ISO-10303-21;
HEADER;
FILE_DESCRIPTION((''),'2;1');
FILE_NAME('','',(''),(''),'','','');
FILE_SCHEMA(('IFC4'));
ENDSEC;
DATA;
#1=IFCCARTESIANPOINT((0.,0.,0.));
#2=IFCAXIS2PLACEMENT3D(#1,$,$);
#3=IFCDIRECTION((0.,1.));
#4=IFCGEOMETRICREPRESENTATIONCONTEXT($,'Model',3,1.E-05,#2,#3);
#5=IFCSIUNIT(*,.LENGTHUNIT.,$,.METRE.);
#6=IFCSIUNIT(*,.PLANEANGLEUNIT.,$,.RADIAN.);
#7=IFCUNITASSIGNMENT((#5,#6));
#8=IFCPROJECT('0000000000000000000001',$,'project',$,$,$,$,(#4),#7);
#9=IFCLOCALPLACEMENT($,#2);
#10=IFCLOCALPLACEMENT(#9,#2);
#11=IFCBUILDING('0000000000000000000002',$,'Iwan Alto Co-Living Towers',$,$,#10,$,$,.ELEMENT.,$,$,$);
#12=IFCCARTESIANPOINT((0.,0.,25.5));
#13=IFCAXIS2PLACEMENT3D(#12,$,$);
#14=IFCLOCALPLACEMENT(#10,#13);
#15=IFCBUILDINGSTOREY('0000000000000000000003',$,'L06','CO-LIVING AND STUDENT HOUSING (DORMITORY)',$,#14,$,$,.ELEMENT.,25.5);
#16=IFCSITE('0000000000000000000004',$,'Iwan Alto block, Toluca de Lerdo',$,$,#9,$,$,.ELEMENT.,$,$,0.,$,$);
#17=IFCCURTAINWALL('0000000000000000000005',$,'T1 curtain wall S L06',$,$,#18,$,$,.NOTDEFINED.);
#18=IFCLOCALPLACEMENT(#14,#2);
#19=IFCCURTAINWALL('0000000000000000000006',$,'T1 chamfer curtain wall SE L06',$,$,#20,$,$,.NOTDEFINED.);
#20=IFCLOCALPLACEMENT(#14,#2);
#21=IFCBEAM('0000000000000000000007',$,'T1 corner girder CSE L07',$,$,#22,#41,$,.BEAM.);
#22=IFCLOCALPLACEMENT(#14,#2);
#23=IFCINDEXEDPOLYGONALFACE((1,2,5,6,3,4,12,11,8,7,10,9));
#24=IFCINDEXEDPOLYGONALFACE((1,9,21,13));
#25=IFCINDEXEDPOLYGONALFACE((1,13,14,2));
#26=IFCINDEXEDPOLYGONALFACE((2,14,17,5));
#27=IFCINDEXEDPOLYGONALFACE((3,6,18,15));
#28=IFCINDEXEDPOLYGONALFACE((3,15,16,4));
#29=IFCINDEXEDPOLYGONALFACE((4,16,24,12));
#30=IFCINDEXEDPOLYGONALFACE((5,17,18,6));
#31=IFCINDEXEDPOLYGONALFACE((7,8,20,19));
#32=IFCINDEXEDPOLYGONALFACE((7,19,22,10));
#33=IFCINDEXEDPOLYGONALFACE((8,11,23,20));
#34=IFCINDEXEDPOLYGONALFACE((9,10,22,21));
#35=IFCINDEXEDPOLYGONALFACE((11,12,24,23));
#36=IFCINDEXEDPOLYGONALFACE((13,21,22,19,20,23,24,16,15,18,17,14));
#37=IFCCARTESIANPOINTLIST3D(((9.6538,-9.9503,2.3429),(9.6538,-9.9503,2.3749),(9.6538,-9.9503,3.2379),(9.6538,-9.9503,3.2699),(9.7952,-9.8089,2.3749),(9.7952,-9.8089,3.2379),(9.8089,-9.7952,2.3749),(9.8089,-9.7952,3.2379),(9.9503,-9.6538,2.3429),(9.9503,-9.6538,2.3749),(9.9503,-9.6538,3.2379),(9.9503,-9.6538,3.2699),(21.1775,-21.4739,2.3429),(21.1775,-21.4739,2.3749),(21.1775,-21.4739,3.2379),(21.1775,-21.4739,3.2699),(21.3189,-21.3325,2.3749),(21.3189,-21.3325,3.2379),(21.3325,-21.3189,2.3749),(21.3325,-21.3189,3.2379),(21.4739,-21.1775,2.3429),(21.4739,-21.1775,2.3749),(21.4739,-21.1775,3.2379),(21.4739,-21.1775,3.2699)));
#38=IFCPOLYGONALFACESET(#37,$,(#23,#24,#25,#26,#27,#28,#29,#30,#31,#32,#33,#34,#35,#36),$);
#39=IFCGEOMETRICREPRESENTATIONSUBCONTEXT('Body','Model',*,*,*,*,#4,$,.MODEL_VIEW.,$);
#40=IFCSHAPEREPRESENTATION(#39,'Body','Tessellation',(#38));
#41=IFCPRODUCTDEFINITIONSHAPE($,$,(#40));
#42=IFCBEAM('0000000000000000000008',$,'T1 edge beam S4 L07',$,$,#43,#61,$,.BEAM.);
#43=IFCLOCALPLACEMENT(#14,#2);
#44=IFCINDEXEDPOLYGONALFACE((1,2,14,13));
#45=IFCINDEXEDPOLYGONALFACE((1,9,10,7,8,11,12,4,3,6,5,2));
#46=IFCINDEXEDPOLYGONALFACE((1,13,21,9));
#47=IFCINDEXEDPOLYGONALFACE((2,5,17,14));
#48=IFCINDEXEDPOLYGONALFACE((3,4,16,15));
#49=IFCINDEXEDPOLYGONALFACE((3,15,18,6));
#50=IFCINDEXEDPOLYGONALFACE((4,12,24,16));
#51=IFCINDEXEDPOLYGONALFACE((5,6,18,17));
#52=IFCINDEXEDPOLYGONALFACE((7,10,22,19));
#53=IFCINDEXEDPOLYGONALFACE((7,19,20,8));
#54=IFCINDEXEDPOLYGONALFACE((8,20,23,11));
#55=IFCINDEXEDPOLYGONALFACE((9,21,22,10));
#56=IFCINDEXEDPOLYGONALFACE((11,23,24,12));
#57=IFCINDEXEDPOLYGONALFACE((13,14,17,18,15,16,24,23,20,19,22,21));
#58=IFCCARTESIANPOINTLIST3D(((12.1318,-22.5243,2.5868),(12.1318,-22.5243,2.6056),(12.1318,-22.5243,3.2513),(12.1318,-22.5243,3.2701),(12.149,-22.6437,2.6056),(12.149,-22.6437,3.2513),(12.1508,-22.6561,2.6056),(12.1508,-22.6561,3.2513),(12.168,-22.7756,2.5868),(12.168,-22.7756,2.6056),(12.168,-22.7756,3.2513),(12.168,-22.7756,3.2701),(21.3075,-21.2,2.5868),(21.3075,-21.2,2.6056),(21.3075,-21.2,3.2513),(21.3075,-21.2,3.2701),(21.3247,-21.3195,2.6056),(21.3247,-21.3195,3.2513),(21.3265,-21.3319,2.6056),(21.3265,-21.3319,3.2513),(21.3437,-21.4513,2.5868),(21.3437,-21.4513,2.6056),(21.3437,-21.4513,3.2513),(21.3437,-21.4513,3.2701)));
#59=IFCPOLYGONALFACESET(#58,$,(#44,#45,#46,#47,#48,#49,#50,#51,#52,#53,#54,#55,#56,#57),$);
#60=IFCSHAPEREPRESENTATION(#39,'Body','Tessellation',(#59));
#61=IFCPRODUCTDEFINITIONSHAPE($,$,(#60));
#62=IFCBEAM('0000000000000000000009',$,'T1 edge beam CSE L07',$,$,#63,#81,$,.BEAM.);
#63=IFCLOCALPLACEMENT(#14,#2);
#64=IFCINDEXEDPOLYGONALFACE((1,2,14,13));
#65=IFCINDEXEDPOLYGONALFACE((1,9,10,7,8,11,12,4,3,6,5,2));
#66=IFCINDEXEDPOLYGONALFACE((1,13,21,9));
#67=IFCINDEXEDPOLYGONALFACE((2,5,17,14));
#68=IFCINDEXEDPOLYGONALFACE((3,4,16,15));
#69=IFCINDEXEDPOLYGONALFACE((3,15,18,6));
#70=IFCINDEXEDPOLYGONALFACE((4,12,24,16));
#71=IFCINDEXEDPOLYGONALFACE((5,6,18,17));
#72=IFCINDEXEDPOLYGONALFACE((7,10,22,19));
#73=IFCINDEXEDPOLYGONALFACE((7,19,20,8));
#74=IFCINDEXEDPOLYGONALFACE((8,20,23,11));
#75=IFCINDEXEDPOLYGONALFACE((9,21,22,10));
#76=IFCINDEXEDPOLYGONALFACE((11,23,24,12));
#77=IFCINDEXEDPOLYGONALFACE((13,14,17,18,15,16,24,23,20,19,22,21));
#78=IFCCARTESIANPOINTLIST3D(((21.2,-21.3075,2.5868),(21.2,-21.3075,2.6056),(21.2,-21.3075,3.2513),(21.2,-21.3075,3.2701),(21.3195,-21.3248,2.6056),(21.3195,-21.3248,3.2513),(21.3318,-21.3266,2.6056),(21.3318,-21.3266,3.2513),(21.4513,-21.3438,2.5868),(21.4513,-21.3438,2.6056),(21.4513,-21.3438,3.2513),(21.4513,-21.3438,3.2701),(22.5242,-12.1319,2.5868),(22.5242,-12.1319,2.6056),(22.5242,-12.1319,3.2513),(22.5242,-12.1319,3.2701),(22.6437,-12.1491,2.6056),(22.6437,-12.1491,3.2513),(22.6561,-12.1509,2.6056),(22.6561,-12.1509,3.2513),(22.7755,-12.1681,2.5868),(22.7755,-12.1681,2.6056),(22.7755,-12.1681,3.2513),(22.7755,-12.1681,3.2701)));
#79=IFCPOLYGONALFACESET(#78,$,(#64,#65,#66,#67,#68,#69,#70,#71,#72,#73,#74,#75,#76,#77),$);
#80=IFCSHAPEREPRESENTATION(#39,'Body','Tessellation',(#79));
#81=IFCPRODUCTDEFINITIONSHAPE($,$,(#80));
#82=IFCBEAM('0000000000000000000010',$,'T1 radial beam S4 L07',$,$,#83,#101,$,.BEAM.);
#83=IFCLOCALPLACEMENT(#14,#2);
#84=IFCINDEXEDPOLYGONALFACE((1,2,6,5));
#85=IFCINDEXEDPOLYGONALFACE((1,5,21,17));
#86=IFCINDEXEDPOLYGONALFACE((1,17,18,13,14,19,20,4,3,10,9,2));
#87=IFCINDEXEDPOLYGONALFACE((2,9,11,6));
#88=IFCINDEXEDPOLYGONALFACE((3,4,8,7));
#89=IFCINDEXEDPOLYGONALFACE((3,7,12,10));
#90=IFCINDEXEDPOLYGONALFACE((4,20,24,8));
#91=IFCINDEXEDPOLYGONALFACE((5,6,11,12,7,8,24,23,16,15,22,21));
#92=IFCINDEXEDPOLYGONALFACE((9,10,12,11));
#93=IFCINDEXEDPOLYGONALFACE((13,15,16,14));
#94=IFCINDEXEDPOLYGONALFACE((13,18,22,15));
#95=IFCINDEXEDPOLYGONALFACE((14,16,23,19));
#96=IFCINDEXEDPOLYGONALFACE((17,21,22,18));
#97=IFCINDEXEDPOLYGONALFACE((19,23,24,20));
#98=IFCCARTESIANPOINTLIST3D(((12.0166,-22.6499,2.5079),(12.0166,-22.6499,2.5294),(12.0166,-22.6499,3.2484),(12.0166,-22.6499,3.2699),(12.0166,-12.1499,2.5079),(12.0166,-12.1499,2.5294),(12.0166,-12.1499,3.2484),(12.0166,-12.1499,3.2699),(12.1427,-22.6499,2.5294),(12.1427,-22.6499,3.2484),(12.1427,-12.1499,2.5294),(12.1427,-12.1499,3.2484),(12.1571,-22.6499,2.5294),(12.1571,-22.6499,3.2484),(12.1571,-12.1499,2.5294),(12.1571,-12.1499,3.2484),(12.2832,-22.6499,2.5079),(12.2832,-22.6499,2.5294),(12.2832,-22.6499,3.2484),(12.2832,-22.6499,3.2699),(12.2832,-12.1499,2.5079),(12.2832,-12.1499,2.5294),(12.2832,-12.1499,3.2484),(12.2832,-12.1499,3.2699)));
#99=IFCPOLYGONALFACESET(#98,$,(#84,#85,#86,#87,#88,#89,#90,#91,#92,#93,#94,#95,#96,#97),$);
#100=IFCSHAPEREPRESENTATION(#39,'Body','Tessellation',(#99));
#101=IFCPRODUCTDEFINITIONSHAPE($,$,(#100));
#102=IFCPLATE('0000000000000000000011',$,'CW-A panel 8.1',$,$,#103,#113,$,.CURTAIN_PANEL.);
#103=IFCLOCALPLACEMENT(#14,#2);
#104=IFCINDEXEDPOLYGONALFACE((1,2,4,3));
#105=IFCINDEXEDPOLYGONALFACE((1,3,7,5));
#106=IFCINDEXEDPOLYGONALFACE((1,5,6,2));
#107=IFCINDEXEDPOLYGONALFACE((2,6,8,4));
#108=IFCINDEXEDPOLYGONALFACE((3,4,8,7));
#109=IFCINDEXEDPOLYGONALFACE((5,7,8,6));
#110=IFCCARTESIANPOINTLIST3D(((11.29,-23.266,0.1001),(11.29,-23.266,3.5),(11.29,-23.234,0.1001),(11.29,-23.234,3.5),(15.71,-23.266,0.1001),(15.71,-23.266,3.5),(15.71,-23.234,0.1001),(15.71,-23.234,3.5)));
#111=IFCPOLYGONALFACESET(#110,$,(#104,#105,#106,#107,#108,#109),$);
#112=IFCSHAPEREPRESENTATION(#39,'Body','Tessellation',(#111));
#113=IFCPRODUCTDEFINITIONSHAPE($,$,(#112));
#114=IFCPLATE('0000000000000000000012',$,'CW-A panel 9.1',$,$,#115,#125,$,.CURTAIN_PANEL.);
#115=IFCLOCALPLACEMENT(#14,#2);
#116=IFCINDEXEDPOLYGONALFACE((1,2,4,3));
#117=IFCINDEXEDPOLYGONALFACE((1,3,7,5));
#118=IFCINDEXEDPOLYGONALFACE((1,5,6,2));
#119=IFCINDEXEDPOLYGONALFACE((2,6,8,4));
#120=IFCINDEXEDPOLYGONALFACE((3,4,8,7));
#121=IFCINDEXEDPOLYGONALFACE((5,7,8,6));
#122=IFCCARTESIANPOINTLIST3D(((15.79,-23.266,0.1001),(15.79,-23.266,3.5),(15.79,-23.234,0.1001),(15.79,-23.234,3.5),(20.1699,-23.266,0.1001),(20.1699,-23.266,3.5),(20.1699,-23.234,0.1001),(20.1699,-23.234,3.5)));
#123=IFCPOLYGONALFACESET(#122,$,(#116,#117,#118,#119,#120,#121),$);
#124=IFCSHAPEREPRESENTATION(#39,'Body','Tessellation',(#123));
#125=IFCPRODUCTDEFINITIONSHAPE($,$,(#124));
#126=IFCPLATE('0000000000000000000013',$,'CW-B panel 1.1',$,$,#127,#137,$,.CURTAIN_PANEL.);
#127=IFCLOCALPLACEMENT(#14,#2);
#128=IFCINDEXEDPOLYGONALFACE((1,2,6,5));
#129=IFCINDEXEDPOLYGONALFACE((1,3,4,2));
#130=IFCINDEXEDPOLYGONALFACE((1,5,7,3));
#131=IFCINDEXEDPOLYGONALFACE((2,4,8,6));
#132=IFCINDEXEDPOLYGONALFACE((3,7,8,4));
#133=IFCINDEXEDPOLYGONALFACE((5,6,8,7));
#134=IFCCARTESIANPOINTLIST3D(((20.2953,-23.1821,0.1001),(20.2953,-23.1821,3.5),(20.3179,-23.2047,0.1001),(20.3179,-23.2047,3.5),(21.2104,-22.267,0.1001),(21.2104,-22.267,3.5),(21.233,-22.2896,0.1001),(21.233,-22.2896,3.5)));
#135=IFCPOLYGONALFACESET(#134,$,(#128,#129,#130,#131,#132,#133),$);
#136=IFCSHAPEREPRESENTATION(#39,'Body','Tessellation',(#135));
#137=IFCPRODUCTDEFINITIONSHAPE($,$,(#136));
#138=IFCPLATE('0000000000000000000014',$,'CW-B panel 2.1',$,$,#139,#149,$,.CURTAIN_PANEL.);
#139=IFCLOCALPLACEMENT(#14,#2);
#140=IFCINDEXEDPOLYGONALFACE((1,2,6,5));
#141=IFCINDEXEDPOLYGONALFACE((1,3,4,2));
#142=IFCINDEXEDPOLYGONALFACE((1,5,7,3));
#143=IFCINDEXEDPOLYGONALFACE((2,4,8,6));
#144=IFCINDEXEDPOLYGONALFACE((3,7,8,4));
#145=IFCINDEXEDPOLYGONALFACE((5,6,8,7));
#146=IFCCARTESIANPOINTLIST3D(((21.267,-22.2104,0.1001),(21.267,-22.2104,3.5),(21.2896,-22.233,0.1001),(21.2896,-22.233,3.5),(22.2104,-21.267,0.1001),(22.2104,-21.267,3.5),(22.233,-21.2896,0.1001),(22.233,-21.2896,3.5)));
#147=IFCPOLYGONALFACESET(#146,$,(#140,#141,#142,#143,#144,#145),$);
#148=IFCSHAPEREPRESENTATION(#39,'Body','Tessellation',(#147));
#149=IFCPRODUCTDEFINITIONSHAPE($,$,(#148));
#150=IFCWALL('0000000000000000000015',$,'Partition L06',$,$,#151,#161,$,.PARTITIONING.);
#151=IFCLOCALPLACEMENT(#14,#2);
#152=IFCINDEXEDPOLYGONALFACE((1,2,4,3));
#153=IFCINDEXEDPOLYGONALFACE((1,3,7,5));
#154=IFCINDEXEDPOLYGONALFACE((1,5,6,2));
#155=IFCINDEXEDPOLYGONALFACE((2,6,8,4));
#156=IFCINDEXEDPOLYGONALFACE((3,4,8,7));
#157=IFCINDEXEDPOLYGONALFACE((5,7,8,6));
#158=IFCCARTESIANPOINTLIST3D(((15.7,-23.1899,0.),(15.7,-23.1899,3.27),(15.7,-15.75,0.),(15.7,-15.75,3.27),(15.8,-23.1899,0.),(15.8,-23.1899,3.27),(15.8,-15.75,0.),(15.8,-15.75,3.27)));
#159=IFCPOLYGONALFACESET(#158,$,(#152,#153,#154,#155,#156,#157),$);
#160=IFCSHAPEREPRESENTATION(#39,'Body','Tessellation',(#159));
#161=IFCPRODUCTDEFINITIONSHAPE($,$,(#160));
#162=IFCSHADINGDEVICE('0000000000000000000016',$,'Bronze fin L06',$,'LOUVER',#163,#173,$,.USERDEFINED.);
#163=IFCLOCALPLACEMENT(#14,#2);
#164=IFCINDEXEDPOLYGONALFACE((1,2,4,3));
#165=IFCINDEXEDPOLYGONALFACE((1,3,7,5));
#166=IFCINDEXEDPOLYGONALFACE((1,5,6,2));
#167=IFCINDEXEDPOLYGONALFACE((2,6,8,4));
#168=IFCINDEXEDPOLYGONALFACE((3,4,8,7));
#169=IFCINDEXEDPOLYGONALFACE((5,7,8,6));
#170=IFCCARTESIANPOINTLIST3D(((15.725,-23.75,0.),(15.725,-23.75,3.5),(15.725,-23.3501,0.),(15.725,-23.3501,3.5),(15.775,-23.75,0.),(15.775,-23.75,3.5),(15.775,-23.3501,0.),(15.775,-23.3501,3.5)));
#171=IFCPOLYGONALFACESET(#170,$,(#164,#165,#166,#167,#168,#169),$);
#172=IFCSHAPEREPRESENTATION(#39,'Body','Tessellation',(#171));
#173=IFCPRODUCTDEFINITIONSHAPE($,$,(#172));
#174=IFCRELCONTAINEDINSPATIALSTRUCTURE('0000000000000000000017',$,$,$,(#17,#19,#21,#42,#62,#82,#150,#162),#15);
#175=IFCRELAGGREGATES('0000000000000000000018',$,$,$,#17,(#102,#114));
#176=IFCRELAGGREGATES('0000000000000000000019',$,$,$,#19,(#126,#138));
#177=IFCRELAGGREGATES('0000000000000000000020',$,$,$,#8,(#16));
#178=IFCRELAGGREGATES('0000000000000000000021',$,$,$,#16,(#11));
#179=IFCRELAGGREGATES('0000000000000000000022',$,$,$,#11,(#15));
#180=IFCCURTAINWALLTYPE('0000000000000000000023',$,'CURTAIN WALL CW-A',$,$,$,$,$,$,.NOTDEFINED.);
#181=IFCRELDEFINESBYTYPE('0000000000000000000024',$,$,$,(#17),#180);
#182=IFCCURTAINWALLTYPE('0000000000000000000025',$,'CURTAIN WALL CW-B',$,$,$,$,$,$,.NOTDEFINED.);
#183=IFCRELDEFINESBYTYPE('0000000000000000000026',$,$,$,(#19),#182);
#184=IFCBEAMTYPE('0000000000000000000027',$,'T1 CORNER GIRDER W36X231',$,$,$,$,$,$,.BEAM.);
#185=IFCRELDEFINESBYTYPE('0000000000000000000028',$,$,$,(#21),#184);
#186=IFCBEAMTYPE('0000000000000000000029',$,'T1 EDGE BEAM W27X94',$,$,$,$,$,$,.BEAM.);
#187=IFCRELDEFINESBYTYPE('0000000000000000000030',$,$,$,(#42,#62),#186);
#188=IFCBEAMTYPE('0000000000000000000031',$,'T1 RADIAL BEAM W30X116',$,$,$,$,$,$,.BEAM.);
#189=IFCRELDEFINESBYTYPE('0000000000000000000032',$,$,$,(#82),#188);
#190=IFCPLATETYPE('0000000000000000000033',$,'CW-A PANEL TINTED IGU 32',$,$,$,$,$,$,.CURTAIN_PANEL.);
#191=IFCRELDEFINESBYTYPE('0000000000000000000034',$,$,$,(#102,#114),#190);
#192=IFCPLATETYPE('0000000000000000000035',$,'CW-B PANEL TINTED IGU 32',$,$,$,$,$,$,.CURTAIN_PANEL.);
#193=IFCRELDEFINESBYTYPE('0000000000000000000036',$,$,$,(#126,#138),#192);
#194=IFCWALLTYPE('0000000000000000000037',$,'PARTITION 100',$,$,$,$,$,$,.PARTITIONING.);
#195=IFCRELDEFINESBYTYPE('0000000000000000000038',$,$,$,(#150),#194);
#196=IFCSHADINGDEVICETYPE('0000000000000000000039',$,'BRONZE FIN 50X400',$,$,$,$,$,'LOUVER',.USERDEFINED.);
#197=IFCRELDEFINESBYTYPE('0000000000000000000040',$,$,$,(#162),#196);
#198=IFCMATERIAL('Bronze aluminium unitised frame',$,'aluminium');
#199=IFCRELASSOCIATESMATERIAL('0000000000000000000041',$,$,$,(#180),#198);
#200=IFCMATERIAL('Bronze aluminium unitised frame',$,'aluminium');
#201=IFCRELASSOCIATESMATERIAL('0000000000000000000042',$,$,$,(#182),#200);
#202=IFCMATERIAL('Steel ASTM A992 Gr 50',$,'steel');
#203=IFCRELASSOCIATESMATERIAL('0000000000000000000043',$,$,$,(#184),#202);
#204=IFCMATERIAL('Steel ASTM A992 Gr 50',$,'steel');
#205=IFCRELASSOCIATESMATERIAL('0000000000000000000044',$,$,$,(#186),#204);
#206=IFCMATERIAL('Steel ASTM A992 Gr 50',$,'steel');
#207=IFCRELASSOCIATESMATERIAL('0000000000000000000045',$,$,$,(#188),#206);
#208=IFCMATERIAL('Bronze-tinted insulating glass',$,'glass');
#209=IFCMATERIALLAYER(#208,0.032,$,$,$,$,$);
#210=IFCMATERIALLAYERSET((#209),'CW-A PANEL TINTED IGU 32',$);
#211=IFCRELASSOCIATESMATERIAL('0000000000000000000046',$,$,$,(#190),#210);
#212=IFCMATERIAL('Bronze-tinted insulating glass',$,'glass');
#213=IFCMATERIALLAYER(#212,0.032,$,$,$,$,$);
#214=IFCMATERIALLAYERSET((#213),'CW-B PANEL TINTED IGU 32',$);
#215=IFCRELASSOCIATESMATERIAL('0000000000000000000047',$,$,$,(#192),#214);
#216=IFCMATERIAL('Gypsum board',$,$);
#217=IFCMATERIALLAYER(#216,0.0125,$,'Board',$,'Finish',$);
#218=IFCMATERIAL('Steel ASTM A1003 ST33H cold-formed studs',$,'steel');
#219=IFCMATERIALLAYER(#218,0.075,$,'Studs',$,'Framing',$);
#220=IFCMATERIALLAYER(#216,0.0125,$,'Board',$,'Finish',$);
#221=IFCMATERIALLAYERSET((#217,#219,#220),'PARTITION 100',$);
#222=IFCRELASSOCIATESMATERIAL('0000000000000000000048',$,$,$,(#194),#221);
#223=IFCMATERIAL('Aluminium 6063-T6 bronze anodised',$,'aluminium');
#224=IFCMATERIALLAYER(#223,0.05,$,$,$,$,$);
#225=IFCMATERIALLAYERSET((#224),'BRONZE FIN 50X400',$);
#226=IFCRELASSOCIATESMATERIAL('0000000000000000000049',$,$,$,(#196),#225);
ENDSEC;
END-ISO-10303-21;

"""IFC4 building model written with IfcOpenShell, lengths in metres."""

from ifc_helpers import new_model, si_unit, direction, frame, frame_2d, origin, origin_2d, place, context, subcontext, project, spatial, rectangle, i_section, extrude, material, layer, layer_set, material_profile, profile_set, type_object, element, aggregate, save


model = new_model("IFC4")

# Units and contexts
model_context = context("Model", 3, precision=1e-05, world=origin(), true_north=direction((0.0, 1.0)))
body_context = subcontext(model_context, "Body", "Model", "MODEL_VIEW")
ifc_project = project(units=[si_unit("LENGTHUNIT", "METRE"), si_unit("PLANEANGLEUNIT", "RADIAN")], contexts=[model_context])

# Site, building, storey
site_placement = place(None, origin())
site = spatial("IfcSite", under=ifc_project, at=site_placement, Name="Iwan Alto block, Toluca de Lerdo", CompositionType="ELEMENT", RefElevation=0.0)
building_placement = place(site_placement, origin())
building = spatial("IfcBuilding", under=site, at=building_placement, Name="Iwan Alto Co-Living Towers", CompositionType="ELEMENT")
storey_placement = place(building_placement, frame((0.0, 0.0, 25.5)))
storey = spatial("IfcBuildingStorey", under=building, at=storey_placement, Name="L06", Description="CO-LIVING AND STUDENT HOUSING (DORMITORY)", CompositionType="ELEMENT", Elevation=25.5)

# Curtain walls
ifc_material_1 = material(Name="Bronze aluminium unitised frame", Category="aluminium")
curtain_wall_type_1 = type_object("IfcCurtainWallType", Name="CURTAIN WALL CW-A", PredefinedType="NOTDEFINED", material=ifc_material_1)
curtain_wall_1_placement = place(storey_placement, origin())
curtain_wall_1 = element("IfcCurtainWall", 1, at=curtain_wall_1_placement, inside=storey, type_object=curtain_wall_type_1, Name="T1 curtain wall S L06", PredefinedType="NOTDEFINED")
ifc_material_2 = material(Name="Bronze aluminium unitised frame", Category="aluminium")
curtain_wall_type_2 = type_object("IfcCurtainWallType", Name="CURTAIN WALL CW-B", PredefinedType="NOTDEFINED", material=ifc_material_2)
curtain_wall_2_placement = place(storey_placement, origin())
curtain_wall_2 = element("IfcCurtainWall", 2, at=curtain_wall_2_placement, inside=storey, type_object=curtain_wall_type_2, Name="T1 chamfer curtain wall SE L06", PredefinedType="NOTDEFINED")

# Beams
ifc_material_3 = material(Name="Steel ASTM A992 Gr 50", Category="steel")
ifc_material_profile_1 = material_profile(ifc_material_3, i_section(OverallWidth=0.4192, OverallDepth=0.927, WebThickness=0.0193, FlangeThickness=0.032, at=origin_2d()), Name="W36X231")
ifc_profile_set_1 = profile_set([ifc_material_profile_1], Name="Steel ASTM A992 Gr 50")
beam_type_1 = type_object("IfcBeamType", Name="T1 CORNER GIRDER W36X231", PredefinedType="BEAM", material=ifc_profile_set_1)
beam_1_placement = place(storey_placement, frame((21.3257, -21.3257, 2.8064), z_axis=(-0.707107, 0.707107, 0.0), x_axis=(-0.707107, -0.707107, 0.0)))
element("IfcBeam", 3, at=beam_1_placement, inside=storey, type_object=beam_type_1, Name="T1 corner girder CSE L07", PredefinedType="BEAM", context=body_context, shape_type="SweptSolid", body=[
    extrude(i_section(OverallWidth=0.4192, OverallDepth=0.927, WebThickness=0.0193, FlangeThickness=0.032, at=origin_2d()), origin(), (0.0, 0.0, 1.0), 16.2969),
])
ifc_material_4 = material(Name="Steel ASTM A992 Gr 50", Category="steel")
ifc_material_profile_2 = material_profile(ifc_material_4, i_section(OverallWidth=0.2539, OverallDepth=0.6833, WebThickness=0.0125, FlangeThickness=0.0188, at=origin_2d()), Name="W27X94")
ifc_profile_set_2 = profile_set([ifc_material_profile_2], Name="Steel ASTM A992 Gr 50")
beam_type_2 = type_object("IfcBeamType", Name="T1 EDGE BEAM W27X94", PredefinedType="BEAM", material=ifc_profile_set_2)
for number, where, z_axis, x_axis, name in (
    (4, (12.1499, -22.6499, 2.9285), (0.989746, 0.142837, 0.0), (-0.142837, 0.989746, 0.0), "T1 edge beam S4 L07"),
    (5, (21.3257, -21.3257, 2.9285), (0.142837, 0.989746, 0.0), (-0.989746, 0.142837, 0.0), "T1 edge beam CSE L07"),
):
    element("IfcBeam", number, at=place(storey_placement, frame(where, z_axis=z_axis, x_axis=x_axis)), inside=storey, type_object=beam_type_2, Name=name, PredefinedType="BEAM", context=body_context, shape_type="SweptSolid", body=[
        extrude(i_section(OverallWidth=0.2539, OverallDepth=0.6833, WebThickness=0.0125, FlangeThickness=0.0188, at=origin_2d()), origin(), (0.0, 0.0, 1.0), 9.2708),
    ])
ifc_material_5 = material(Name="Steel ASTM A992 Gr 50", Category="steel")
ifc_material_profile_3 = material_profile(ifc_material_5, i_section(OverallWidth=0.2666, OverallDepth=0.762, WebThickness=0.0144, FlangeThickness=0.0215, at=origin_2d()), Name="W30X116")
ifc_profile_set_3 = profile_set([ifc_material_profile_3], Name="Steel ASTM A992 Gr 50")
beam_type_3 = type_object("IfcBeamType", Name="T1 RADIAL BEAM W30X116", PredefinedType="BEAM", material=ifc_profile_set_3)
beam_2_placement = place(storey_placement, frame((12.1499, -22.6499, 2.8889), z_axis=(0.0, 1.0, 0.0), x_axis=(-1.0, 0.0, 0.0)))
element("IfcBeam", 6, at=beam_2_placement, inside=storey, type_object=beam_type_3, Name="T1 radial beam S4 L07", PredefinedType="BEAM", context=body_context, shape_type="SweptSolid", body=[
    extrude(i_section(OverallWidth=0.2666, OverallDepth=0.762, WebThickness=0.0144, FlangeThickness=0.0215, at=origin_2d()), origin(), (0.0, 0.0, 1.0), 10.5),
])

# Plates
ifc_material_6 = material(Name="Bronze-tinted insulating glass", Category="glass")
ifc_layer_1 = layer(ifc_material_6, 0.032)
ifc_layer_set_1 = layer_set([ifc_layer_1], Name="CW-A PANEL TINTED IGU 32")
plate_type_1 = type_object("IfcPlateType", Name="CW-A PANEL TINTED IGU 32", PredefinedType="CURTAIN_PANEL", material=ifc_layer_set_1)
plate_1_placement = place(storey_placement, frame((13.5, -23.25, 0.1001), z_axis=(0.0, 0.0, 1.0), x_axis=(1.0, 0.0, 0.0)))
plate_1 = element("IfcPlate", 7, at=plate_1_placement, type_object=plate_type_1, Name="CW-A panel 8.1", PredefinedType="CURTAIN_PANEL", context=body_context, shape_type="SweptSolid", body=[
    extrude(rectangle(XDim=4.4199, YDim=0.032, at=origin_2d()), origin(), (0.0, 0.0, 1.0), 3.3999),
])
plate_2_placement = place(storey_placement, frame((17.98, -23.25, 0.1001), z_axis=(0.0, 0.0, 1.0), x_axis=(1.0, 0.0, 0.0)))
plate_2 = element("IfcPlate", 8, at=plate_2_placement, type_object=plate_type_1, Name="CW-A panel 9.1", PredefinedType="CURTAIN_PANEL", context=body_context, shape_type="SweptSolid", body=[
    extrude(rectangle(XDim=4.3799, YDim=0.032, at=origin_2d()), origin(), (0.0, 0.0, 1.0), 3.3999),
])
aggregate(curtain_wall_1, [plate_1, plate_2])
ifc_material_7 = material(Name="Bronze-tinted insulating glass", Category="glass")
ifc_layer_2 = layer(ifc_material_7, 0.032)
ifc_layer_set_2 = layer_set([ifc_layer_2], Name="CW-B PANEL TINTED IGU 32")
plate_type_2 = type_object("IfcPlateType", Name="CW-B PANEL TINTED IGU 32", PredefinedType="CURTAIN_PANEL", material=ifc_layer_set_2)
plate_3_placement = place(storey_placement, frame((20.7642, -22.7358, 0.1001), z_axis=(0.0, 0.0, 1.0), x_axis=(0.707107, 0.707107, 0.0)))
plate_3 = element("IfcPlate", 9, at=plate_3_placement, type_object=plate_type_2, Name="CW-B panel 1.1", PredefinedType="CURTAIN_PANEL", context=body_context, shape_type="SweptSolid", body=[
    extrude(rectangle(XDim=1.2942, YDim=0.032, at=origin_2d()), origin(), (0.0, 0.0, 1.0), 3.3999),
])
plate_4_placement = place(storey_placement, frame((21.75, -21.75, 0.1001), z_axis=(0.0, 0.0, 1.0), x_axis=(0.707107, 0.707107, 0.0)))
plate_4 = element("IfcPlate", 10, at=plate_4_placement, type_object=plate_type_2, Name="CW-B panel 2.1", PredefinedType="CURTAIN_PANEL", context=body_context, shape_type="SweptSolid", body=[
    extrude(rectangle(XDim=1.3342, YDim=0.032, at=origin_2d()), origin(), (0.0, 0.0, 1.0), 3.3999),
])
aggregate(curtain_wall_2, [plate_3, plate_4])

# Wall
ifc_material_8 = material(Name="Gypsum board")
ifc_layer_3 = layer(ifc_material_8, 0.0125, Name="Board", Category="Finish")
ifc_material_9 = material(Name="Steel ASTM A1003 ST33H cold-formed studs", Category="steel")
ifc_layer_4 = layer(ifc_material_9, 0.075, Name="Studs", Category="Framing")
ifc_layer_5 = layer(ifc_material_8, 0.0125, Name="Board", Category="Finish")
ifc_layer_set_3 = layer_set([ifc_layer_3, ifc_layer_4, ifc_layer_5], Name="PARTITION 100")
wall_type = type_object("IfcWallType", Name="PARTITION 100", PredefinedType="PARTITIONING", material=ifc_layer_set_3)
wall_placement = place(storey_placement, frame((15.75, -23.1899, 0.0), z_axis=(0.0, 0.0, 1.0), x_axis=(0.0, 1.0, 0.0)))
element("IfcWall", 11, at=wall_placement, inside=storey, type_object=wall_type, Name="Partition L06", PredefinedType="PARTITIONING", context=body_context, shape_type="SweptSolid", body=[
    extrude(rectangle(XDim=7.4399, YDim=0.1001, at=frame_2d((3.72, 0.0))), origin(), (0.0, 0.0, 1.0), 3.27),
])

# Shading device
ifc_material_10 = material(Name="Aluminium 6063-T6 bronze anodised", Category="aluminium")
ifc_layer_6 = layer(ifc_material_10, 0.05)
ifc_layer_set_4 = layer_set([ifc_layer_6], Name="BRONZE FIN 50X400")
shading_device_type = type_object("IfcShadingDeviceType", Name="BRONZE FIN 50X400", ElementType="LOUVER", PredefinedType="USERDEFINED", material=ifc_layer_set_4)
shading_device_placement = place(storey_placement, frame((15.75, -23.55, 0.0), z_axis=(0.0, 0.0, 1.0), x_axis=(1.0, 0.0, 0.0)))
element("IfcShadingDevice", 12, at=shading_device_placement, inside=storey, type_object=shading_device_type, Name="Bronze fin L06", ObjectType="LOUVER", PredefinedType="USERDEFINED", context=body_context, shape_type="SweptSolid", body=[
    extrude(rectangle(XDim=0.05, YDim=0.3999, at=origin_2d()), origin(), (0.0, 0.0, 1.0), 3.5),
])

save(model, "model.ifc")
